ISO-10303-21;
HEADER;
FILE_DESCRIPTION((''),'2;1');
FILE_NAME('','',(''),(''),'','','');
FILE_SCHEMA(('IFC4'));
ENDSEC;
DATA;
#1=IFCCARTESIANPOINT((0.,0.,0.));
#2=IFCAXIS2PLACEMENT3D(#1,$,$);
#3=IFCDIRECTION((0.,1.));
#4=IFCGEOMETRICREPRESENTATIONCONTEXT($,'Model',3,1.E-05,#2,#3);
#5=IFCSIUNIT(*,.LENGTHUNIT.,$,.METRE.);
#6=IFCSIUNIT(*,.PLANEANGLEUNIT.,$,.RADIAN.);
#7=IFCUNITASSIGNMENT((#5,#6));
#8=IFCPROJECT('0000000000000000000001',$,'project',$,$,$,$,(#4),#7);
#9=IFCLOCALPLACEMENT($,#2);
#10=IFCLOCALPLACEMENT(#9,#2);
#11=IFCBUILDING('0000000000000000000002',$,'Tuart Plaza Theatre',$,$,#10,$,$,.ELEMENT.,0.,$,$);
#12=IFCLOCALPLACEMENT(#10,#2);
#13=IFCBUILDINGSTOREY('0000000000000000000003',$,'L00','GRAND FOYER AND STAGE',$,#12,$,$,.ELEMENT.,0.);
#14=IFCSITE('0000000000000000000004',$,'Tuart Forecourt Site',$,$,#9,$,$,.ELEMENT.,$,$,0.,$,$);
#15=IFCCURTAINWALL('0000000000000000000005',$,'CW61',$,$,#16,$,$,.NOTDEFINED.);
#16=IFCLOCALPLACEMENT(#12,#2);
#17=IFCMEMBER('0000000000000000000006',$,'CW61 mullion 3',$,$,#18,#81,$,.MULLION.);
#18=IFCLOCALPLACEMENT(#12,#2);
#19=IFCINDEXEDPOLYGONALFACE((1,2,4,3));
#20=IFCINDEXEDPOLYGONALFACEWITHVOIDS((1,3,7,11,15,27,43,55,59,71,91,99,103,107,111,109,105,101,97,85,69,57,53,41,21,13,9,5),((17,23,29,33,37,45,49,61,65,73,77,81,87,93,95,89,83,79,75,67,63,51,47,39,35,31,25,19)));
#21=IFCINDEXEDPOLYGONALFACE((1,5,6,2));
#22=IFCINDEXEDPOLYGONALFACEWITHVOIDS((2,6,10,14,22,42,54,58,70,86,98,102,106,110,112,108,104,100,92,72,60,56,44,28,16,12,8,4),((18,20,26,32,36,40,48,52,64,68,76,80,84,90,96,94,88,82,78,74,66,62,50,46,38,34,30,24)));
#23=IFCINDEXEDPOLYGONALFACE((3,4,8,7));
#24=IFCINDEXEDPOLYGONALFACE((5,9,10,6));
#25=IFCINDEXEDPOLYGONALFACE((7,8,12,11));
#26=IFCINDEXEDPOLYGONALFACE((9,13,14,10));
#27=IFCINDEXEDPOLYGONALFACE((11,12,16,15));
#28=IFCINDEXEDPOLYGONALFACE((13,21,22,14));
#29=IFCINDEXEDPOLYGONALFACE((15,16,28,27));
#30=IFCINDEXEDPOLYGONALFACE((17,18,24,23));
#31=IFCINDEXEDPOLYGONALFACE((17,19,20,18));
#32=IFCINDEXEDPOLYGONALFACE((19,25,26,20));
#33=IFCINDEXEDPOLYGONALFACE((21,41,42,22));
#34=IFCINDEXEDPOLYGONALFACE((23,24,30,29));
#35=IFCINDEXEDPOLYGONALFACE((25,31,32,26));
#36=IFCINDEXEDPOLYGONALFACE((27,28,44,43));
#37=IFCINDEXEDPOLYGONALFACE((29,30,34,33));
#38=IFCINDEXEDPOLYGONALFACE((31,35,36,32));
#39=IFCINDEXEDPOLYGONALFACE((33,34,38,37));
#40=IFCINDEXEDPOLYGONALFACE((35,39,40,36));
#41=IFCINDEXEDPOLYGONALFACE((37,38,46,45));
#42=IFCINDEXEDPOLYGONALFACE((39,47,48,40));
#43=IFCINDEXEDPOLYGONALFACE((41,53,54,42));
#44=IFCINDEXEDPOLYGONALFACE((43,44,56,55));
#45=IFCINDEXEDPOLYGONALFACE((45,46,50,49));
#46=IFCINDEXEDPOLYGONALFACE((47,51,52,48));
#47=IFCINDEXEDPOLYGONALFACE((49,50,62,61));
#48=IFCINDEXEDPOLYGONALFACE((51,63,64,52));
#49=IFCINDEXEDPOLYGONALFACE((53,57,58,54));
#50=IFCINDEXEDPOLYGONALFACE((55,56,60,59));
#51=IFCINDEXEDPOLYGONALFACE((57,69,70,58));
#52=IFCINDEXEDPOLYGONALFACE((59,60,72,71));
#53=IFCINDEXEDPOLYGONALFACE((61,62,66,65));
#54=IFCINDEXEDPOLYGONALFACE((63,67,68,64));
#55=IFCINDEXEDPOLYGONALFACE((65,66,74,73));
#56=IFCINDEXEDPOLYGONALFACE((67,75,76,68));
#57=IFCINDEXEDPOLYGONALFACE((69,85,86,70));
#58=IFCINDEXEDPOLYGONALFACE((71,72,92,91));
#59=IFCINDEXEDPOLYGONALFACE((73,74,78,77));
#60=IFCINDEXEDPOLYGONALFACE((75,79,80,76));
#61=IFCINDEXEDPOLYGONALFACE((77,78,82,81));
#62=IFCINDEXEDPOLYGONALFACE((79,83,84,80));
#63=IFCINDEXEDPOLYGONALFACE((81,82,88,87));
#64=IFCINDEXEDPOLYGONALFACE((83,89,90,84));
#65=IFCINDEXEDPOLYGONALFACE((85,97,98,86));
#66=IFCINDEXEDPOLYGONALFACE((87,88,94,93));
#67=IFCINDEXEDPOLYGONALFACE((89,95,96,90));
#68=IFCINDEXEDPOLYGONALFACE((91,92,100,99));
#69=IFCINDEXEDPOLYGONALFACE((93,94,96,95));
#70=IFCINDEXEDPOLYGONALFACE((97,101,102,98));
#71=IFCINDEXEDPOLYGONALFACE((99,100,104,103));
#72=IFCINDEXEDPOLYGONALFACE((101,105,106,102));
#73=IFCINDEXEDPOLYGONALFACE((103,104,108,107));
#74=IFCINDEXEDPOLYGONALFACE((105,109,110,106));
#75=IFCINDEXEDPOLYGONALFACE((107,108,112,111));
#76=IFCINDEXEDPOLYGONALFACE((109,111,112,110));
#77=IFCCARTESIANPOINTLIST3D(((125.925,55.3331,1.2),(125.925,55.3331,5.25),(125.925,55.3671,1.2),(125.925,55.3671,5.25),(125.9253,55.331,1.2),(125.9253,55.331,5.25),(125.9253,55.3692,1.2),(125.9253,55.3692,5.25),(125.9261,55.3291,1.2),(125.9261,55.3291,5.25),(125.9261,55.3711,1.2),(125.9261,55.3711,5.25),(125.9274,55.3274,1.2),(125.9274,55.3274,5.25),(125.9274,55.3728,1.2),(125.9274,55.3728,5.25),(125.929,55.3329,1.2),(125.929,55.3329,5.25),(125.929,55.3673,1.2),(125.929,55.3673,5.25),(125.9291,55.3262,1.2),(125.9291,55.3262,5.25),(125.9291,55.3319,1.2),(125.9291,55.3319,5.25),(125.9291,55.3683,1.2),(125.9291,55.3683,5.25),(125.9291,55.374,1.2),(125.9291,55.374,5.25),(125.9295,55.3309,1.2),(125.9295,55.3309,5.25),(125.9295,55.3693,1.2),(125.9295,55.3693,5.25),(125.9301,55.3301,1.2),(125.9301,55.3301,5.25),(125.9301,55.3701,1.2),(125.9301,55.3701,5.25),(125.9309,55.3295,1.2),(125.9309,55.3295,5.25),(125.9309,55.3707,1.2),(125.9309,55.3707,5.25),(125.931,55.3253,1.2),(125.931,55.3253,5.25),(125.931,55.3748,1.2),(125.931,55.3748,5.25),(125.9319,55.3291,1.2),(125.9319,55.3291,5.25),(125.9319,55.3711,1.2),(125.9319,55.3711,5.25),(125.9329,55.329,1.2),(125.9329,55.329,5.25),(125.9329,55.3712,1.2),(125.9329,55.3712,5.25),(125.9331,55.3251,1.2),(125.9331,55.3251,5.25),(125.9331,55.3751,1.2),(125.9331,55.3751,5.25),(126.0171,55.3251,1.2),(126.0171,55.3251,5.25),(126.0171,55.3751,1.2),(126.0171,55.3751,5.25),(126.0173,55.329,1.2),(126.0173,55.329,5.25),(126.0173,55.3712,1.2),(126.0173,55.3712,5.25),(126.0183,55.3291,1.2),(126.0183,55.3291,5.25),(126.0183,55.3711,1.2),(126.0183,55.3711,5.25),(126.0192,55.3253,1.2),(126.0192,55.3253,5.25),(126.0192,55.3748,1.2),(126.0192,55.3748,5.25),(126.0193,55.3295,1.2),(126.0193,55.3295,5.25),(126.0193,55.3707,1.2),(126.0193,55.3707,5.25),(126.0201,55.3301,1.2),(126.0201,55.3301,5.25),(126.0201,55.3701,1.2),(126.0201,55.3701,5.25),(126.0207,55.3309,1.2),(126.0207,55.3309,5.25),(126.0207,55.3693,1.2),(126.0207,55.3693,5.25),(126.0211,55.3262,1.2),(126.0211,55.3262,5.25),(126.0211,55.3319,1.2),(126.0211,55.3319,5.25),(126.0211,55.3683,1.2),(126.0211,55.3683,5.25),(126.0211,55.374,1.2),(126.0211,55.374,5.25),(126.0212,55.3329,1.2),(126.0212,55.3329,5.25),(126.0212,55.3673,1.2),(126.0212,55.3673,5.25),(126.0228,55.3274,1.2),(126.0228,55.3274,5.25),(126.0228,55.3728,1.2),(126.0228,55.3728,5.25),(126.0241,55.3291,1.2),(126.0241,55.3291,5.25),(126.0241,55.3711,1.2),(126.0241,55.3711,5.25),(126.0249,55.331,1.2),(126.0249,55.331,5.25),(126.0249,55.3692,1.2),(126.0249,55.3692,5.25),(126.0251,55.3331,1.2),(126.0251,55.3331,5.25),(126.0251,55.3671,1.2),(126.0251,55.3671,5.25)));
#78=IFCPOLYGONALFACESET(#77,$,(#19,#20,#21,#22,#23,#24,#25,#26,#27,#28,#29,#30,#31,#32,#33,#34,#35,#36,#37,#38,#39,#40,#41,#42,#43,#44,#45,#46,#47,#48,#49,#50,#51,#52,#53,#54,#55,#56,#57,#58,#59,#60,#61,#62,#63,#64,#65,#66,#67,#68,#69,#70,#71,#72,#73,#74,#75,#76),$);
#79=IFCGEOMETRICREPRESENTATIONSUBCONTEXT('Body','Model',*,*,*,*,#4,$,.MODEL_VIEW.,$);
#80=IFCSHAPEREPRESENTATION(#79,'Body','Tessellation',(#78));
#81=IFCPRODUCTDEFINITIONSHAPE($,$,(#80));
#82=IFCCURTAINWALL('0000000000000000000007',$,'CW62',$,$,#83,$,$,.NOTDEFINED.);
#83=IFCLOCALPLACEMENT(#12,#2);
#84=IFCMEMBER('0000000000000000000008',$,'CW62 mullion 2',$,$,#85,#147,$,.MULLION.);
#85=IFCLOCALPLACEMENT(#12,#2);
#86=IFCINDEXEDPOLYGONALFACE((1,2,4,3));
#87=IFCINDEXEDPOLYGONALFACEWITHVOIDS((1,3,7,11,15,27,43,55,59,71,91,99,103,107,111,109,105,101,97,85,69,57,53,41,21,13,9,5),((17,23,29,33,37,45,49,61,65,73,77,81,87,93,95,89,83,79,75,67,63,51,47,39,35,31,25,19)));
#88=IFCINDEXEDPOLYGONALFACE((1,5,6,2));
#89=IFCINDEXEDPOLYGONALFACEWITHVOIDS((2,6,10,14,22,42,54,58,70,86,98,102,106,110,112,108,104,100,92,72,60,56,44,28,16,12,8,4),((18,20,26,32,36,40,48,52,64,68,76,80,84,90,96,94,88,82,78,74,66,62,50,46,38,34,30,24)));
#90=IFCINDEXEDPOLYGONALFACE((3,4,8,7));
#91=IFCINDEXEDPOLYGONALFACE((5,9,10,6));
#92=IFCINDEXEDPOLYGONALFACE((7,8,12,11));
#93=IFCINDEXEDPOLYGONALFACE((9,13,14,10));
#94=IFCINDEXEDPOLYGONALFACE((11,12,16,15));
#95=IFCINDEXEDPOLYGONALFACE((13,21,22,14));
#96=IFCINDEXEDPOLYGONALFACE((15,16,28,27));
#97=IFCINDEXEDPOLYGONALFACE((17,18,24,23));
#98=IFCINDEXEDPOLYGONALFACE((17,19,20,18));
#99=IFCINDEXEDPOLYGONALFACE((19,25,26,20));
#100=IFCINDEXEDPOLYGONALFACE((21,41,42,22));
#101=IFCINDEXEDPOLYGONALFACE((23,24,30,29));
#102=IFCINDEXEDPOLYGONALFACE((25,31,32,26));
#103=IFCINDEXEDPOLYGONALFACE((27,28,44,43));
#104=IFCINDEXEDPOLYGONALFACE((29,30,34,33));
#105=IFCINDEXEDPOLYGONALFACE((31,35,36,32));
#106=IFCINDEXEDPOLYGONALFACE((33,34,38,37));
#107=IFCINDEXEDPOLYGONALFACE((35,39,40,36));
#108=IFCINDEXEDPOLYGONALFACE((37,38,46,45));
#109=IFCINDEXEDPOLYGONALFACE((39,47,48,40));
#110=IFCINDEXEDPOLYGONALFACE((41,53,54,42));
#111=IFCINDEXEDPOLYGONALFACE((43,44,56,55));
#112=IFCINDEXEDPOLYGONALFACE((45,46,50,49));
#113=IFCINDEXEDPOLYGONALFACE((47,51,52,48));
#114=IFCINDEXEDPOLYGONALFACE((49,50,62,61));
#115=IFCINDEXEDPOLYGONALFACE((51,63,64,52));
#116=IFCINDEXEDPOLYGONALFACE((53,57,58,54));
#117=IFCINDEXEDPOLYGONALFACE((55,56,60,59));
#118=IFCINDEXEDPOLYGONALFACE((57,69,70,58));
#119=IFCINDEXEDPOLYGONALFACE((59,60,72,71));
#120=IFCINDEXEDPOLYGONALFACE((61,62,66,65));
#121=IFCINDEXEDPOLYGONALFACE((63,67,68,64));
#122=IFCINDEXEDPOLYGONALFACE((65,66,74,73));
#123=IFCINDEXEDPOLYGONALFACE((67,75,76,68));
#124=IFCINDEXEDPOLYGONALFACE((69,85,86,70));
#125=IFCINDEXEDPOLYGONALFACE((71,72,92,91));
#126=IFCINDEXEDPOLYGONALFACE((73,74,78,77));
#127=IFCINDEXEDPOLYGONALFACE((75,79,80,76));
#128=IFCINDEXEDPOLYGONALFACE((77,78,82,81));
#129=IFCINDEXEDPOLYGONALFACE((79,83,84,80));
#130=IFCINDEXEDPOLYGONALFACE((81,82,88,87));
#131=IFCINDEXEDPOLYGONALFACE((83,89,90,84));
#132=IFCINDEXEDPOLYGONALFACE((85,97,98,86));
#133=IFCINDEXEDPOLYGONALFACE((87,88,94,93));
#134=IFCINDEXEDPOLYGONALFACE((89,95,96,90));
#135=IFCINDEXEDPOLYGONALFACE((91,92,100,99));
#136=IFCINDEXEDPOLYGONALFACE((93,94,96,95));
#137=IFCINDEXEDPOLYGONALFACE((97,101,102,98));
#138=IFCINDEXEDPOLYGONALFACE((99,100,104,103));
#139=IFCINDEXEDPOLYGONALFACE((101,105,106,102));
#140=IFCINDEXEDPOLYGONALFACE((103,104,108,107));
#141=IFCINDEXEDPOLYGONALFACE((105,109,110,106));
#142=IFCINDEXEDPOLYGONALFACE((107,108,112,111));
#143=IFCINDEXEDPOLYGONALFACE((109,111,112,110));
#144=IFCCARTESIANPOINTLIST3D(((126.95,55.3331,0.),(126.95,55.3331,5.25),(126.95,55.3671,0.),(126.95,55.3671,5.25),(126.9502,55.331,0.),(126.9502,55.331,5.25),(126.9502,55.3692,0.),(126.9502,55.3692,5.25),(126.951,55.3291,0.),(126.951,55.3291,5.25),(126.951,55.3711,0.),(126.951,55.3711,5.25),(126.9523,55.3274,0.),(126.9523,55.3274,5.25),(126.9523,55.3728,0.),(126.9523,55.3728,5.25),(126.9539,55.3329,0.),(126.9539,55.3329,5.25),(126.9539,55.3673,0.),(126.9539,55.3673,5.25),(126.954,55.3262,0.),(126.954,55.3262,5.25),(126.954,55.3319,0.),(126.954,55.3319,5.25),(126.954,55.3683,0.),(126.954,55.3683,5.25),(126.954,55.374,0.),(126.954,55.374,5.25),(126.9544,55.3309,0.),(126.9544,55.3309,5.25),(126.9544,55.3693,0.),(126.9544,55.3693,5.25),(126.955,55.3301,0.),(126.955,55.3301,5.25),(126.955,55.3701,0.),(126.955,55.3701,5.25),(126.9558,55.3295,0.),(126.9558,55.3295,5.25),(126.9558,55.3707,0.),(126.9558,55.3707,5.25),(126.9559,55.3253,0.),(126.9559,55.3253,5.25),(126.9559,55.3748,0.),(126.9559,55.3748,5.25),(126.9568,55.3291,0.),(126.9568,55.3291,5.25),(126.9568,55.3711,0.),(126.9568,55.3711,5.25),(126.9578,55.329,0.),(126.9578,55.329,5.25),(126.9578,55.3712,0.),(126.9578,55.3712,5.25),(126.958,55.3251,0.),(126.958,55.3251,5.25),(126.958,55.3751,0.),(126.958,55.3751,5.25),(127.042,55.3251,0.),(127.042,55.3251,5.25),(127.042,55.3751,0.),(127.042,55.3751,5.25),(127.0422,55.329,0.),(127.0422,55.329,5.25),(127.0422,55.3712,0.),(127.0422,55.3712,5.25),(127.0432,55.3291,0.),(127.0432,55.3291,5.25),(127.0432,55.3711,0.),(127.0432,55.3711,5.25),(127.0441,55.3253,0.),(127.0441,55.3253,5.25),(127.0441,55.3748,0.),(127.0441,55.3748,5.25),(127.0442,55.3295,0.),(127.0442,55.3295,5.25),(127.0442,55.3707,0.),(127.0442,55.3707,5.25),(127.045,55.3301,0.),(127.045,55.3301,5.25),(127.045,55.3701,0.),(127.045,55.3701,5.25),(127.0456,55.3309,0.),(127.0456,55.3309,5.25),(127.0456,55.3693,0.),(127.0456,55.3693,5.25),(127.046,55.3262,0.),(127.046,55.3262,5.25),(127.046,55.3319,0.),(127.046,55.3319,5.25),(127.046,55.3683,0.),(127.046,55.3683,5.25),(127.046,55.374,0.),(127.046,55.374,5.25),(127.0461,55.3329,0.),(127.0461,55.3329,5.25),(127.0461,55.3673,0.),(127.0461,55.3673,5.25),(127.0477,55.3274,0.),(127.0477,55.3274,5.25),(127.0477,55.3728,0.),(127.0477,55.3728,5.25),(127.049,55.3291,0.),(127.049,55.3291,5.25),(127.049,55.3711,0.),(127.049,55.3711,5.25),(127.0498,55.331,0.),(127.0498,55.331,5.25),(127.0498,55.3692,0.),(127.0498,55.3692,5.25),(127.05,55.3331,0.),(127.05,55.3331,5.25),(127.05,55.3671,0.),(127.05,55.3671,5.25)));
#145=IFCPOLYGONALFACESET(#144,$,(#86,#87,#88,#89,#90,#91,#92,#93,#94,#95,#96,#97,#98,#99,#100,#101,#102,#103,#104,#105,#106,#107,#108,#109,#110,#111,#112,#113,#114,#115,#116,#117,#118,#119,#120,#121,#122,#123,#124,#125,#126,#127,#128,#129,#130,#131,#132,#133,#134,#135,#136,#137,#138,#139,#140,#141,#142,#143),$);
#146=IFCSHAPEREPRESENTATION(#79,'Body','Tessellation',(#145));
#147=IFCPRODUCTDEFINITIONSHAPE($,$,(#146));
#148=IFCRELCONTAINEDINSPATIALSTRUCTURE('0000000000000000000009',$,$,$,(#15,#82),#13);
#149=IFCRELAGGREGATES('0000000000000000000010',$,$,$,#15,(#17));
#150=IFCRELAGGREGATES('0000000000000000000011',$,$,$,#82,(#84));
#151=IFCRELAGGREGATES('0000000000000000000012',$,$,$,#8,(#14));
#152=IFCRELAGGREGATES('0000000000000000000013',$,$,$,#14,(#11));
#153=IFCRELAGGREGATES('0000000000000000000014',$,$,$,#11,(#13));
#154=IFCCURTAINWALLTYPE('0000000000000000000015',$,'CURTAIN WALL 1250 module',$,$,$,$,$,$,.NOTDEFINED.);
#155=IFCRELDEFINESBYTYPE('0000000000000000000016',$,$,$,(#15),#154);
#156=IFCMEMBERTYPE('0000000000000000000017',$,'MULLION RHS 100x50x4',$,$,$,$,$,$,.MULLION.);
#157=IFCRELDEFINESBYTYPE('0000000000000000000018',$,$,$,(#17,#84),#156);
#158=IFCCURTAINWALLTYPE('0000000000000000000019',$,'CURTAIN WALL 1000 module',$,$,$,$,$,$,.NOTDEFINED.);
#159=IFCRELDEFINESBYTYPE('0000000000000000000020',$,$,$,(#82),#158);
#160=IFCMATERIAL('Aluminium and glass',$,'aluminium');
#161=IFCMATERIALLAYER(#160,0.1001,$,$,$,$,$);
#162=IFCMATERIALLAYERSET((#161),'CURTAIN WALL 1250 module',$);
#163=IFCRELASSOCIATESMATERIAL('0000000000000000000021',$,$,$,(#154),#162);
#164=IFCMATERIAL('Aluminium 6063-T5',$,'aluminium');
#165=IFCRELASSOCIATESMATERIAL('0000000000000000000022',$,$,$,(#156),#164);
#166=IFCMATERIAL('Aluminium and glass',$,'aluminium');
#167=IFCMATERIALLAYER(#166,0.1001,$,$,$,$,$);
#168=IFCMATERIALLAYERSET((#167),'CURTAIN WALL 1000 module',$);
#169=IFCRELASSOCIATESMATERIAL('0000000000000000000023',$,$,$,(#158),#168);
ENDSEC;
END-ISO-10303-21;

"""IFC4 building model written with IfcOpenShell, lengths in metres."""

from ifc_helpers import new_model, si_unit, direction, frame, origin, origin_2d, place, context, subcontext, project, spatial, hollow_rectangle, extrude, material, layer, layer_set, material_profile, profile_set, type_object, element, aggregate, save


model = new_model("IFC4")

# Units and contexts
model_context = context("Model", 3, precision=1e-05, world=origin(), true_north=direction((0.0, 1.0)))
body_context = subcontext(model_context, "Body", "Model", "MODEL_VIEW")
ifc_project = project(units=[si_unit("LENGTHUNIT", "METRE"), si_unit("PLANEANGLEUNIT", "RADIAN")], contexts=[model_context])

# Site, building, storey
site_placement = place(None, origin())
site = spatial("IfcSite", under=ifc_project, at=site_placement, Name="Tuart Forecourt Site", CompositionType="ELEMENT", RefElevation=0.0)
building_placement = place(site_placement, origin())
building = spatial("IfcBuilding", under=site, at=building_placement, Name="Tuart Plaza Theatre", CompositionType="ELEMENT", ElevationOfRefHeight=0.0)
storey_placement = place(building_placement, origin())
storey = spatial("IfcBuildingStorey", under=building, at=storey_placement, Name="L00", Description="GRAND FOYER AND STAGE", CompositionType="ELEMENT", Elevation=0.0)

# Curtain walls, members
ifc_material_1 = material(Name="Aluminium and glass", Category="aluminium")
ifc_layer_1 = layer(ifc_material_1, 0.1001)
ifc_layer_set_1 = layer_set([ifc_layer_1], Name="CURTAIN WALL 1250 module")
curtain_wall_type_1 = type_object("IfcCurtainWallType", Name="CURTAIN WALL 1250 module", PredefinedType="NOTDEFINED", material=ifc_layer_set_1)
curtain_wall_1_placement = place(storey_placement, origin())
curtain_wall_1 = element("IfcCurtainWall", 1, at=curtain_wall_1_placement, inside=storey, type_object=curtain_wall_type_1, Name="CW61", PredefinedType="NOTDEFINED")
ifc_material_2 = material(Name="Aluminium 6063-T5", Category="aluminium")
ifc_material_profile_1 = material_profile(ifc_material_2, hollow_rectangle(XDim=0.05, YDim=0.1001, WallThickness=0.0039, InnerFilletRadius=0.0039, OuterFilletRadius=0.0081, at=origin_2d()), Name="RHS 100x50x4")
ifc_profile_set_1 = profile_set([ifc_material_profile_1], Name="Aluminium 6063-T5")
member_type_1 = type_object("IfcMemberType", Name="MULLION RHS 100x50x4", PredefinedType="MULLION", material=ifc_profile_set_1)
member_1_placement = place(storey_placement, frame((125.9751, 55.3501, 1.2), z_axis=(0.0, 0.0, 1.0), x_axis=(0.0, 1.0, 0.0)))
member_1 = element("IfcMember", 2, at=member_1_placement, type_object=member_type_1, Name="CW61 mullion 3", PredefinedType="MULLION", context=body_context, shape_type="SweptSolid", body=[
    extrude(hollow_rectangle(XDim=0.05, YDim=0.1001, WallThickness=0.0039, InnerFilletRadius=0.0039, OuterFilletRadius=0.0081, at=origin_2d()), origin(), (0.0, 0.0, 1.0), 4.05),
])
ifc_material_3 = material(Name="Aluminium and glass", Category="aluminium")
ifc_layer_2 = layer(ifc_material_3, 0.1001)
ifc_layer_set_2 = layer_set([ifc_layer_2], Name="CURTAIN WALL 1000 module")
curtain_wall_type_2 = type_object("IfcCurtainWallType", Name="CURTAIN WALL 1000 module", PredefinedType="NOTDEFINED", material=ifc_layer_set_2)
curtain_wall_2_placement = place(storey_placement, origin())
curtain_wall_2 = element("IfcCurtainWall", 3, at=curtain_wall_2_placement, inside=storey, type_object=curtain_wall_type_2, Name="CW62", PredefinedType="NOTDEFINED")
member_2_placement = place(storey_placement, frame((127.0, 55.3501, 0.0), z_axis=(0.0, 0.0, 1.0), x_axis=(0.0, 1.0, 0.0)))
member_2 = element("IfcMember", 4, at=member_2_placement, type_object=member_type_1, Name="CW62 mullion 2", PredefinedType="MULLION", context=body_context, shape_type="SweptSolid", body=[
    extrude(hollow_rectangle(XDim=0.05, YDim=0.1001, WallThickness=0.0039, InnerFilletRadius=0.0039, OuterFilletRadius=0.0081, at=origin_2d()), origin(), (0.0, 0.0, 1.0), 5.25),
])

aggregate(curtain_wall_1, [member_1])
aggregate(curtain_wall_2, [member_2])

save(model, "model.ifc")
